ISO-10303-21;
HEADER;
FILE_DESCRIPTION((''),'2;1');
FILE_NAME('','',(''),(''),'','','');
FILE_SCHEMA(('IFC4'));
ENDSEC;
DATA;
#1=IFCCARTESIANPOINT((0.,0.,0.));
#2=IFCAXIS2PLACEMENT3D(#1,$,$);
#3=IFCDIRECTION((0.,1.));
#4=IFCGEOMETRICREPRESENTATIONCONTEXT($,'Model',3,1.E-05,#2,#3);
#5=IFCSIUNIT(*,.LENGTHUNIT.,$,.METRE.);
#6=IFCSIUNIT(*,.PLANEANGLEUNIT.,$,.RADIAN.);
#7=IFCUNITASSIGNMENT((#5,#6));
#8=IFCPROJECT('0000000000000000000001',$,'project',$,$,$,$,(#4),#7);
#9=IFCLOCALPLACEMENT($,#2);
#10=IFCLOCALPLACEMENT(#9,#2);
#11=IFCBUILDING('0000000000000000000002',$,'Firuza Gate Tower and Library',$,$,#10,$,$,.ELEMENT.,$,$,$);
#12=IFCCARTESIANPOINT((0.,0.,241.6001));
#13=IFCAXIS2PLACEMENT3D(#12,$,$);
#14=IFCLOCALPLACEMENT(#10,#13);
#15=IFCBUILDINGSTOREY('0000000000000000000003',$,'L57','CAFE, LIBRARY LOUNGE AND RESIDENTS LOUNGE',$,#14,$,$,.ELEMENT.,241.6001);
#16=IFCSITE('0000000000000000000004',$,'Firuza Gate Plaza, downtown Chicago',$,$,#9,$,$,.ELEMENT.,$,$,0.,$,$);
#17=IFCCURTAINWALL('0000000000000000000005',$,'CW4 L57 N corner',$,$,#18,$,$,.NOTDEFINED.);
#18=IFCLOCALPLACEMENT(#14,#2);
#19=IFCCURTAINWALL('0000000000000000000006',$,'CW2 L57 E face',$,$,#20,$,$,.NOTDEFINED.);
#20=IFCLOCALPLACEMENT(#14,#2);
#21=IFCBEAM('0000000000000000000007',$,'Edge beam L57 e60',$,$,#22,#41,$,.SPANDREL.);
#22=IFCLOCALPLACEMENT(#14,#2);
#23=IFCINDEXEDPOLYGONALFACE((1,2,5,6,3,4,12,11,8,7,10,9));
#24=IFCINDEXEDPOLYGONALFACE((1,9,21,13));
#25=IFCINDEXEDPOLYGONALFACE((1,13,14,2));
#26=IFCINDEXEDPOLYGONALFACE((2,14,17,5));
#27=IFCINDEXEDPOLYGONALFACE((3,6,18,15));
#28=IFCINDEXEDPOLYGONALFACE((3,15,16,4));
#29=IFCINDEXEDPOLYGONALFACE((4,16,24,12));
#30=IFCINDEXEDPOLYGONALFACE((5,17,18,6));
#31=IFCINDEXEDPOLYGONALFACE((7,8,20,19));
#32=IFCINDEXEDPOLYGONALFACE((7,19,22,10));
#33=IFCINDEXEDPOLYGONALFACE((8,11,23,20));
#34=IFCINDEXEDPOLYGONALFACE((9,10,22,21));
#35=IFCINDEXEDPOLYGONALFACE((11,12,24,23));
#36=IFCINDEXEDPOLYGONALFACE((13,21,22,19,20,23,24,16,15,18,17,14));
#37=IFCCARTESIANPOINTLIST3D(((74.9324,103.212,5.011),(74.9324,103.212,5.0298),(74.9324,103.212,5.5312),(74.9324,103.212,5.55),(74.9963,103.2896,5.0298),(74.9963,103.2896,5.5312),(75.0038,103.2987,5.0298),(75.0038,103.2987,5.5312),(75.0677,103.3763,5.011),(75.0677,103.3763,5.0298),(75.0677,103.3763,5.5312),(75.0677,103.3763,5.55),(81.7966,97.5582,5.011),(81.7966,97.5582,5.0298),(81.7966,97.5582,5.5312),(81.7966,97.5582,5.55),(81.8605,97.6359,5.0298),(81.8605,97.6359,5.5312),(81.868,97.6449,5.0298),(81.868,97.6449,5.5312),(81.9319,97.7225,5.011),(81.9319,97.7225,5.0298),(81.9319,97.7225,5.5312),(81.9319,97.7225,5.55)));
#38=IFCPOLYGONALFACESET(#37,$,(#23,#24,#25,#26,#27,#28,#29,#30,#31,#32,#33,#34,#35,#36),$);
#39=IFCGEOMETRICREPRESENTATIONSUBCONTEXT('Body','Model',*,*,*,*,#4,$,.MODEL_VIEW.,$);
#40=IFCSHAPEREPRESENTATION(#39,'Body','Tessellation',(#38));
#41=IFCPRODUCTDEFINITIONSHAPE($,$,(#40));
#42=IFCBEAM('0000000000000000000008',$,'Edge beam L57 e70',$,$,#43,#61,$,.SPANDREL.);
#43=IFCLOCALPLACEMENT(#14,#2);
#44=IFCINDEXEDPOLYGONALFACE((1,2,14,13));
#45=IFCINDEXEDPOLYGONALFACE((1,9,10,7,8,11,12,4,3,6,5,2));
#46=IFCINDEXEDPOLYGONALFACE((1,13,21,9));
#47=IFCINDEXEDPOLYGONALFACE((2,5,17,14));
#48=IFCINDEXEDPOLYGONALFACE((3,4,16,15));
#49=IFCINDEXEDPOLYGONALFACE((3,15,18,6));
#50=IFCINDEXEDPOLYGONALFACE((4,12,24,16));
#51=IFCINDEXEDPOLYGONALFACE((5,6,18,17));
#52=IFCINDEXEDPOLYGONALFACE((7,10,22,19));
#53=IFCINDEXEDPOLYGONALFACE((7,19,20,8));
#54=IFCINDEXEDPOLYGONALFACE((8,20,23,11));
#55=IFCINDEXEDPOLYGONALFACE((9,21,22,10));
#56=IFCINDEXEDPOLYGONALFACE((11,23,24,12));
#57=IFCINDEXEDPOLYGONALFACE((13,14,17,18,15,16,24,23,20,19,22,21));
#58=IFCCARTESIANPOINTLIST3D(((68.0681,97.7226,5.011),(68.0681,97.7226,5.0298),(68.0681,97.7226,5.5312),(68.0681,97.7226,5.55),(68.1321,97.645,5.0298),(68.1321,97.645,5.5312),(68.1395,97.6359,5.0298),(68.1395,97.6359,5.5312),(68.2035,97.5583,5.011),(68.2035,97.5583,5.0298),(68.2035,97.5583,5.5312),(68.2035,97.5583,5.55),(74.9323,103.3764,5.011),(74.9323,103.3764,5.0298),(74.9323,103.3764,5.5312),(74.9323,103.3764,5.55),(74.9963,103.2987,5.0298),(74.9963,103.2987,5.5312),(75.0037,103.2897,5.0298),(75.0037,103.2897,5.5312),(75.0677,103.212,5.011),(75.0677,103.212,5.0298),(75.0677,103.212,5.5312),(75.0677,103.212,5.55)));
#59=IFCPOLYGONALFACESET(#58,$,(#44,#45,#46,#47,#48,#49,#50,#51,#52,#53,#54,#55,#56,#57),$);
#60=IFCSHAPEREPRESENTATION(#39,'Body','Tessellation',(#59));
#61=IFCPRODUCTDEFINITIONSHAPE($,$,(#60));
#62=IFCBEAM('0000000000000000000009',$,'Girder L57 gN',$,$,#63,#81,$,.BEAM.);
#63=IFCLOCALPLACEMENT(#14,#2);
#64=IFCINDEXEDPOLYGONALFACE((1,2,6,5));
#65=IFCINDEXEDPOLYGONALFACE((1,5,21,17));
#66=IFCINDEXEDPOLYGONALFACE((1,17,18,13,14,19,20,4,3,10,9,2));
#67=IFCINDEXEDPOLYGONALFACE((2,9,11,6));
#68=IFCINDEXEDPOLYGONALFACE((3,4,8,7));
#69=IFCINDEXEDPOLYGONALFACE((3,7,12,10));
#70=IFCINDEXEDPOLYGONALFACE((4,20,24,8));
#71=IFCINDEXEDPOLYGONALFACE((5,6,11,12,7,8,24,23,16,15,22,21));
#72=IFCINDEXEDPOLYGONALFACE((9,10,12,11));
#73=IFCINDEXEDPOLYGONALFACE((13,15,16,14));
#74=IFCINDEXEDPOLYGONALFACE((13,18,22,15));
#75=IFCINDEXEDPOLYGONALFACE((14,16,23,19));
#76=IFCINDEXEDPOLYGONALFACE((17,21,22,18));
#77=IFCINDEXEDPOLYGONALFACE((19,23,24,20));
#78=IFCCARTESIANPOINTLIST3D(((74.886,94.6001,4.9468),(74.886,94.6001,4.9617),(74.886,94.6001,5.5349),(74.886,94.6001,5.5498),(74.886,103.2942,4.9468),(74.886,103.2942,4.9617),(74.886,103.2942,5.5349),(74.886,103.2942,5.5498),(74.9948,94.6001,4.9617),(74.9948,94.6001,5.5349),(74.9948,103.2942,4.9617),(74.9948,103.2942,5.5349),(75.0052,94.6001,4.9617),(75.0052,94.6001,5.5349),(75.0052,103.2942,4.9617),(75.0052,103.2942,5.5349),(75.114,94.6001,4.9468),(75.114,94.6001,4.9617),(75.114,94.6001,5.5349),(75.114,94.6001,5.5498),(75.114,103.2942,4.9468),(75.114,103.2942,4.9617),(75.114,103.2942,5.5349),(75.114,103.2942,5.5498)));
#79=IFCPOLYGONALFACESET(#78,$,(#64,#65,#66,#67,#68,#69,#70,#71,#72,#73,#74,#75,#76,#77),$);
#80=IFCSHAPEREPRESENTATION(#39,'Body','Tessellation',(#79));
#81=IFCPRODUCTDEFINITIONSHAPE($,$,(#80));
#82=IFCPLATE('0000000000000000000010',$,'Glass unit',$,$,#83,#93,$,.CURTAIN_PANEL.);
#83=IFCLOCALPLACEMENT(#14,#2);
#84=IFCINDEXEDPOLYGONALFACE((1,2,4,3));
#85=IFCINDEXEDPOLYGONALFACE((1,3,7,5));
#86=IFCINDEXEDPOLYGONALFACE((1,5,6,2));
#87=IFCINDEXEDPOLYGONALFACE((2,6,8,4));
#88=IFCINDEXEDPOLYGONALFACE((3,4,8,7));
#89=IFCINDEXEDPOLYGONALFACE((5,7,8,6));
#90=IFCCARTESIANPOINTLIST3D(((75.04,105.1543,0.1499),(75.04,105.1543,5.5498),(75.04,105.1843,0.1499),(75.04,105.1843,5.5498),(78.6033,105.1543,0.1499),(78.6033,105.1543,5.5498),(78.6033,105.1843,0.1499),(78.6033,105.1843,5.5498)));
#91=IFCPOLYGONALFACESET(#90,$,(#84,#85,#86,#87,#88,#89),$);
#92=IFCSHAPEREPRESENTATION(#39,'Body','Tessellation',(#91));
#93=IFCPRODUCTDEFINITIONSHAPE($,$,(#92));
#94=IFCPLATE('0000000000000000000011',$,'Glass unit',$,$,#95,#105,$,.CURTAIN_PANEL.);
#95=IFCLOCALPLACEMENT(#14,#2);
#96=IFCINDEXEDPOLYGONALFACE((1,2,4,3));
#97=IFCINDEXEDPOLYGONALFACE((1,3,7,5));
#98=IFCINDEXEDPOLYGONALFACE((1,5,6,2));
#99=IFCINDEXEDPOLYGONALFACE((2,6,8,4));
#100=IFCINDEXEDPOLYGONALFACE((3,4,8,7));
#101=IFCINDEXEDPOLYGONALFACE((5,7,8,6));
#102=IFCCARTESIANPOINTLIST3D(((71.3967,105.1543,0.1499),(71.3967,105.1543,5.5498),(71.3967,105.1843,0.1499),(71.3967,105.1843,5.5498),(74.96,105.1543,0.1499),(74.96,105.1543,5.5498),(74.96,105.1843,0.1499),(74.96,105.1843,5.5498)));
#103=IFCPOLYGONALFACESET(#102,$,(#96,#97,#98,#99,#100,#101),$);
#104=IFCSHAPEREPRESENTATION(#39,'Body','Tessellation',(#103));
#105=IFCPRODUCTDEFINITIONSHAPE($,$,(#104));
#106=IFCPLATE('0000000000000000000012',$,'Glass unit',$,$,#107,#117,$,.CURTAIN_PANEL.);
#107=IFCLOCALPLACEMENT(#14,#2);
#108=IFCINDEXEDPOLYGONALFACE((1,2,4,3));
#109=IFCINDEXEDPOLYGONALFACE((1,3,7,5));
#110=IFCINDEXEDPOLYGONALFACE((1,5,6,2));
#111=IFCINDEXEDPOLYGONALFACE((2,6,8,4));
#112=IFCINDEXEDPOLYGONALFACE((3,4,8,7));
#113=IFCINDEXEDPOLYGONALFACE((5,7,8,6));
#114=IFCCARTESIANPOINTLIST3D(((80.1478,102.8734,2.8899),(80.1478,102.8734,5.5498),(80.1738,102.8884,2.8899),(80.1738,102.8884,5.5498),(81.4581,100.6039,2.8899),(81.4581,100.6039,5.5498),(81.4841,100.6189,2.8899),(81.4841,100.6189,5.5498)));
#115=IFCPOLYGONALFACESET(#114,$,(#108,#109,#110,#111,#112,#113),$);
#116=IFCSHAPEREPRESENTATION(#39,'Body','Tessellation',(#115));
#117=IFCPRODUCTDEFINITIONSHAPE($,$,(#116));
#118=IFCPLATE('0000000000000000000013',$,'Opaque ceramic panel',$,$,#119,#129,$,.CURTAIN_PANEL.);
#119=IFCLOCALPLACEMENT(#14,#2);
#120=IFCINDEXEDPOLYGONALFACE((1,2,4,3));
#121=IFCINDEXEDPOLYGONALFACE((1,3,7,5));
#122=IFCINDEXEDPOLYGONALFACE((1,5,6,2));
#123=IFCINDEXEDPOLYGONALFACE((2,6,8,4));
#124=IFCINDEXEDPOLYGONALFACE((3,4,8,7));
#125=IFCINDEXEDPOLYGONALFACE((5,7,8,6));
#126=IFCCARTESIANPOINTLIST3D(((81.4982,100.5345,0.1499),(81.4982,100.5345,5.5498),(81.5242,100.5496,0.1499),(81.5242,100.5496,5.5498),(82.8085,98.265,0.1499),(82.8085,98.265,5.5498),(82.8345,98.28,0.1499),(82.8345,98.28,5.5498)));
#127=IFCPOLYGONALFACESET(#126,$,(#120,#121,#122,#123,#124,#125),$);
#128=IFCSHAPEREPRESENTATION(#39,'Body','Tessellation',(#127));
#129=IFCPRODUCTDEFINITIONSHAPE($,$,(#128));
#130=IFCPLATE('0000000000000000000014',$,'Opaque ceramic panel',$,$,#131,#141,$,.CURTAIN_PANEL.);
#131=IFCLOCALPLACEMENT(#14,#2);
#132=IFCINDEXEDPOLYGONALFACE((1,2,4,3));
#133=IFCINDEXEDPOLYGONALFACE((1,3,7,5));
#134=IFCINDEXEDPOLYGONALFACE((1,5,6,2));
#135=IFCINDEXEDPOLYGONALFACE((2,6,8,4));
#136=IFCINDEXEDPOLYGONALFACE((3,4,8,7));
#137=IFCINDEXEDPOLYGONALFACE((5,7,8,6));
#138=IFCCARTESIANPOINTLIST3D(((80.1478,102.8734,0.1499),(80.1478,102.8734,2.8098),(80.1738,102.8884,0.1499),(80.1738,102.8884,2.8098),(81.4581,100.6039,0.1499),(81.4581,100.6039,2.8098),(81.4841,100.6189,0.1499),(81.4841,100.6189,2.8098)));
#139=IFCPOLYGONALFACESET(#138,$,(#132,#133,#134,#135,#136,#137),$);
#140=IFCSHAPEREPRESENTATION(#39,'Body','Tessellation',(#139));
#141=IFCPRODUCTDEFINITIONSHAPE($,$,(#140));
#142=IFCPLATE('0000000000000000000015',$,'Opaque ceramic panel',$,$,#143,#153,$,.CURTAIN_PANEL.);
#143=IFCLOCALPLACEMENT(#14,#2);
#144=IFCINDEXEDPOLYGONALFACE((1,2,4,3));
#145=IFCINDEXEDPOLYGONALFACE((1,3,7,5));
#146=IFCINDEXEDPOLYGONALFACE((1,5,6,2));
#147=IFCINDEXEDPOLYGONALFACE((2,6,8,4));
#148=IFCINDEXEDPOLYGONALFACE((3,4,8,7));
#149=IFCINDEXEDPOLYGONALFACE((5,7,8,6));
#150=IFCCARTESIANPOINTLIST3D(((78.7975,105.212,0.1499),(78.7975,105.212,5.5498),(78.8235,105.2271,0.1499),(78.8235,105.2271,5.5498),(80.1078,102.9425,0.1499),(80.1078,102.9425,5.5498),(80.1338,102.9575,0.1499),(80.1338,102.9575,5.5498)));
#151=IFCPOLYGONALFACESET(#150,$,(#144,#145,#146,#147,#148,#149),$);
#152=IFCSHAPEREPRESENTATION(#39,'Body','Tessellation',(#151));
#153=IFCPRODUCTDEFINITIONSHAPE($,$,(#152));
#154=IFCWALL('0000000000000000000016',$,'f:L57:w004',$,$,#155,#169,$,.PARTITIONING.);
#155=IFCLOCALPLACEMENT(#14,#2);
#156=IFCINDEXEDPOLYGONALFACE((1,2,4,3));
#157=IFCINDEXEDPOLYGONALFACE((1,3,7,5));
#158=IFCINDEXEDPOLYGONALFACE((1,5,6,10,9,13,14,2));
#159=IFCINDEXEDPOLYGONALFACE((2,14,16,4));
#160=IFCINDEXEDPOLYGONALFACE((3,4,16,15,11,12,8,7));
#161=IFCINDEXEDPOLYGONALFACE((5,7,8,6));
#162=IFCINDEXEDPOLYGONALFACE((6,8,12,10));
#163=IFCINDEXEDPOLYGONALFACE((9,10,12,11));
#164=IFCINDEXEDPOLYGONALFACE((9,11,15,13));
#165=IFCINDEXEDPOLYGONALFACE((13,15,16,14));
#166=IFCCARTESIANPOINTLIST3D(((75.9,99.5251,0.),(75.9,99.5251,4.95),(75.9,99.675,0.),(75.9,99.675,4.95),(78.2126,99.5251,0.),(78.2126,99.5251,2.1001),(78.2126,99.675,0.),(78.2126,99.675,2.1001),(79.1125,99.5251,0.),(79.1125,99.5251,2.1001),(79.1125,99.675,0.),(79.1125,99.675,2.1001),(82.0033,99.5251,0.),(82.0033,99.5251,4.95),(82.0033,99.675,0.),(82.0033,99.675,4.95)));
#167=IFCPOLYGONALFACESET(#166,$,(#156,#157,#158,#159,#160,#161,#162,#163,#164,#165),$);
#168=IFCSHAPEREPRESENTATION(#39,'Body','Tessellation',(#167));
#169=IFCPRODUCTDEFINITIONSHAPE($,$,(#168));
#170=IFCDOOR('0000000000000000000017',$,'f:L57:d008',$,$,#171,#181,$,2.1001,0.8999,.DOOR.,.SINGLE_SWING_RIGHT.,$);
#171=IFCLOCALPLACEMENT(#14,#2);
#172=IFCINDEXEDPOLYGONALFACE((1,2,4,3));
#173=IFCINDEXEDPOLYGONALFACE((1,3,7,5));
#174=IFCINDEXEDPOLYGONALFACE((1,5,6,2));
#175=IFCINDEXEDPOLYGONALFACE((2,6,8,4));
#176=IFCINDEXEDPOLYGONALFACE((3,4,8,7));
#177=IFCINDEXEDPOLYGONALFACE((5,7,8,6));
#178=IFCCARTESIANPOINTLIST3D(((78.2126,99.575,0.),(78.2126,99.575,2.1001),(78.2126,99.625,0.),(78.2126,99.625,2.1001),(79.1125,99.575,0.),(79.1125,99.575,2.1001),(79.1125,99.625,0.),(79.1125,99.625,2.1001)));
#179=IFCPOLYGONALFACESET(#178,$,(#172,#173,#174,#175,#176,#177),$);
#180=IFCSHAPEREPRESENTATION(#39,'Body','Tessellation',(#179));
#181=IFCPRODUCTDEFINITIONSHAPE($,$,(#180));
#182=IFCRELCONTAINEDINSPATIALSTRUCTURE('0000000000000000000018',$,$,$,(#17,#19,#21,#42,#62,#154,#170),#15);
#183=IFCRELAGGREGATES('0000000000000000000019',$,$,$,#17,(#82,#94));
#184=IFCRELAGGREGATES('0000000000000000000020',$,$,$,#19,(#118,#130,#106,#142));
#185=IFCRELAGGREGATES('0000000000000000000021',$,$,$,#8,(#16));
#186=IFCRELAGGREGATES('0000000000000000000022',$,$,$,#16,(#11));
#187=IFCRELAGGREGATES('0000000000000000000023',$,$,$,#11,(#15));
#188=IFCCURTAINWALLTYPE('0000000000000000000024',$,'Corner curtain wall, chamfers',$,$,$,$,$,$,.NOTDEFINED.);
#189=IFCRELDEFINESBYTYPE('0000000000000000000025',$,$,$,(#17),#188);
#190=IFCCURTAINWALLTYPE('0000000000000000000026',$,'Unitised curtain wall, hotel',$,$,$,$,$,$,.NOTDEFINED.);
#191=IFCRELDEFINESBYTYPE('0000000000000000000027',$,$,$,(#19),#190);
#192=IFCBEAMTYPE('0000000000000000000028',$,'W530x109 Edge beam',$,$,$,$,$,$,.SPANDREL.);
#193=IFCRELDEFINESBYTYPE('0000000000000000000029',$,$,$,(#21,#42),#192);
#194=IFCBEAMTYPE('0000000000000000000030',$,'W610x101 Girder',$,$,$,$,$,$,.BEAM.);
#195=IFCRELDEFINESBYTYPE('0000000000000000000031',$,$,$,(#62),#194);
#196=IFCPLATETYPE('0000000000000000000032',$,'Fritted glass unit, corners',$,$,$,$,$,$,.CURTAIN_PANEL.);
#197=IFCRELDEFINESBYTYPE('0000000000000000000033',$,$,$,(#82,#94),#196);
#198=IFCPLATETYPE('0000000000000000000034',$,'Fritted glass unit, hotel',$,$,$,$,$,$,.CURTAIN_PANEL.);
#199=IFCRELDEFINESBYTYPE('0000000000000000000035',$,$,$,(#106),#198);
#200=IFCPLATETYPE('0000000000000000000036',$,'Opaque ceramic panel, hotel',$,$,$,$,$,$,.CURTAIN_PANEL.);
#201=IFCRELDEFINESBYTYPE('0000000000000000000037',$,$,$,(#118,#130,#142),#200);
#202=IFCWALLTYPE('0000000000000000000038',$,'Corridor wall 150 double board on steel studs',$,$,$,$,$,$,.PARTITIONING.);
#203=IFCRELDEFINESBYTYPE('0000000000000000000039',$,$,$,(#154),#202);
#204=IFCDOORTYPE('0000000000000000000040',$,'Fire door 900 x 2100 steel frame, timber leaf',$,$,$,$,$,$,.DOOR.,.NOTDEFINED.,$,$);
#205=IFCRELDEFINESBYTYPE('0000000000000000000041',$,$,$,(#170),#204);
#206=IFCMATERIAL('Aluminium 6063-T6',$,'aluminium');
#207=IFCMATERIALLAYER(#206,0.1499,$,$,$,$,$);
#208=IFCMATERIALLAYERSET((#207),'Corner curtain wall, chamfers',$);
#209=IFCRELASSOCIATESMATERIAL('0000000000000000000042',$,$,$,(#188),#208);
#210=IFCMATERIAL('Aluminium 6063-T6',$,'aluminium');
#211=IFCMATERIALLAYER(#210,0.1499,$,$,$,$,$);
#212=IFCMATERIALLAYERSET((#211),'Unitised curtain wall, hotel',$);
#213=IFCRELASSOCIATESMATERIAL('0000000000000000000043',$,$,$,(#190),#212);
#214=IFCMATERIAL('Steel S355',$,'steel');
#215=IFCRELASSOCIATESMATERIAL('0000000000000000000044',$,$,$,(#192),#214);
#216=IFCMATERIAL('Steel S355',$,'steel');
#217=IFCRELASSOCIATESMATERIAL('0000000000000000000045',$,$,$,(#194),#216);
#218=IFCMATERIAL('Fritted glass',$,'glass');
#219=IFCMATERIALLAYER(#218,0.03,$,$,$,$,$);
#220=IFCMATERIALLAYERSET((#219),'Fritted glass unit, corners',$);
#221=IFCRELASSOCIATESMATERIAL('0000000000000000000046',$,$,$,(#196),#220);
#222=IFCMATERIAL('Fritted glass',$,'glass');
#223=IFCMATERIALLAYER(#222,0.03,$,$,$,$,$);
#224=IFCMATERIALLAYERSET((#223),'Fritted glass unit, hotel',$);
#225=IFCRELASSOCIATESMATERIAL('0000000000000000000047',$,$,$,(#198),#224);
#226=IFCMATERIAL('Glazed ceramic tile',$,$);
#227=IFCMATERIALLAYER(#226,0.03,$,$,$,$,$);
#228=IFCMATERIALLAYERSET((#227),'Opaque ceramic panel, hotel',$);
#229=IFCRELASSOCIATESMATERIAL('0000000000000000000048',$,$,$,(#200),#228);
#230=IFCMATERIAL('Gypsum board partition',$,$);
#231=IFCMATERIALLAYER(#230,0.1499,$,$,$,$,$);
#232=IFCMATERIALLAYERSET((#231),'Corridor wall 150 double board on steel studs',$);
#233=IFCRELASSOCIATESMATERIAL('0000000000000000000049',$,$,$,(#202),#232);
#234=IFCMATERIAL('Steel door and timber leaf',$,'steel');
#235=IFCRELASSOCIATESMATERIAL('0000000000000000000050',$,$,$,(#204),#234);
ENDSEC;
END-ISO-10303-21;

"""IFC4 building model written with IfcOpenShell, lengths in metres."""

from ifc_helpers import new_model, si_unit, direction, frame, frame_2d, origin, origin_2d, place, context, subcontext, project, spatial, polyline, rectangle, i_section, outline, extrude, material, layer, layer_set, material_profile, profile_set, type_object, element, fill, aggregate, save


model = new_model("IFC4")

# Units and contexts
model_context = context("Model", 3, precision=1e-05, world=origin(), true_north=direction((0.0, 1.0)))
body_context = subcontext(model_context, "Body", "Model", "MODEL_VIEW")
ifc_project = project(units=[si_unit("LENGTHUNIT", "METRE"), si_unit("PLANEANGLEUNIT", "RADIAN")], contexts=[model_context])

# Site, building, storey
site_placement = place(None, origin())
site = spatial("IfcSite", under=ifc_project, at=site_placement, Name="Firuza Gate Plaza, downtown Chicago", CompositionType="ELEMENT", RefElevation=0.0)
building_placement = place(site_placement, origin())
building = spatial("IfcBuilding", under=site, at=building_placement, Name="Firuza Gate Tower and Library", CompositionType="ELEMENT")
storey_placement = place(building_placement, frame((0.0, 0.0, 241.6001)))
storey = spatial("IfcBuildingStorey", under=building, at=storey_placement, Name="L57", Description="CAFE, LIBRARY LOUNGE AND RESIDENTS LOUNGE", CompositionType="ELEMENT", Elevation=241.6001)

# Curtain walls
ifc_material_1 = material(Name="Aluminium 6063-T6", Category="aluminium")
ifc_layer_1 = layer(ifc_material_1, 0.1499)
ifc_layer_set_1 = layer_set([ifc_layer_1], Name="Corner curtain wall, chamfers")
curtain_wall_type_1 = type_object("IfcCurtainWallType", Name="Corner curtain wall, chamfers", PredefinedType="NOTDEFINED", material=ifc_layer_set_1)
placement = place(storey_placement, origin())
curtain_wall_1 = element("IfcCurtainWall", 1, at=placement, inside=storey, type_object=curtain_wall_type_1, Name="CW4 L57 N corner", PredefinedType="NOTDEFINED")
ifc_material_2 = material(Name="Aluminium 6063-T6", Category="aluminium")
ifc_layer_2 = layer(ifc_material_2, 0.1499)
ifc_layer_set_2 = layer_set([ifc_layer_2], Name="Unitised curtain wall, hotel")
curtain_wall_type_2 = type_object("IfcCurtainWallType", Name="Unitised curtain wall, hotel", PredefinedType="NOTDEFINED", material=ifc_layer_set_2)
curtain_wall_2 = element("IfcCurtainWall", 2, at=placement, inside=storey, type_object=curtain_wall_type_2, Name="CW2 L57 E face", PredefinedType="NOTDEFINED")

# Beams
ifc_material_3 = material(Name="Steel S355", Category="steel")
ifc_material_profile_1 = material_profile(ifc_material_3, i_section(OverallWidth=0.2129, OverallDepth=0.5391, WebThickness=0.0117, FlangeThickness=0.0188, at=origin_2d()))
ifc_profile_set_1 = profile_set([ifc_material_profile_1], Name="Steel S355")
beam_type_1 = type_object("IfcBeamType", Name="W530x109 Edge beam", PredefinedType="SPANDREL", material=ifc_profile_set_1)
for number, where, z_axis, x_axis, name in (
    (3, (81.8643, 97.6404, 5.2805), (-0.771881, 0.635767, 0.0), (-0.635767, -0.771881, 0.0), "Edge beam L57 e60"),
    (4, (75.0, 103.2942, 5.2805), (-0.771881, -0.635767, 0.0), (0.635767, -0.771881, 0.0), "Edge beam L57 e70"),
):
    element("IfcBeam", number, at=place(storey_placement, frame(where, z_axis=z_axis, x_axis=x_axis)), inside=storey, type_object=beam_type_1, Name=name, PredefinedType="SPANDREL", context=body_context, shape_type="SweptSolid", body=[
        extrude(i_section(OverallWidth=0.2129, OverallDepth=0.5391, WebThickness=0.0117, FlangeThickness=0.0188, at=origin_2d()), origin(), (0.0, 0.0, 1.0), 8.8928),
    ])
ifc_material_4 = material(Name="Steel S355", Category="steel")
ifc_material_profile_2 = material_profile(ifc_material_4, i_section(OverallWidth=0.228, OverallDepth=0.603, WebThickness=0.0105, FlangeThickness=0.0149, at=origin_2d()))
ifc_profile_set_2 = profile_set([ifc_material_profile_2], Name="Steel S355")
beam_type_2 = type_object("IfcBeamType", Name="W610x101 Girder", PredefinedType="BEAM", material=ifc_profile_set_2)
beam_1_placement = place(storey_placement, frame((75.0, 103.2942, 5.2483), z_axis=(0.0, -1.0, 0.0), x_axis=(1.0, 0.0, 0.0)))
element("IfcBeam", 5, at=beam_1_placement, inside=storey, type_object=beam_type_2, Name="Girder L57 gN", PredefinedType="BEAM", context=body_context, shape_type="SweptSolid", body=[
    extrude(i_section(OverallWidth=0.228, OverallDepth=0.603, WebThickness=0.0105, FlangeThickness=0.0149, at=origin_2d()), origin(), (0.0, 0.0, 1.0), 8.6941),
])

# Plates
ifc_material_5 = material(Name="Fritted glass", Category="glass")
ifc_layer_3 = layer(ifc_material_5, 0.03)
ifc_layer_set_3 = layer_set([ifc_layer_3], Name="Fritted glass unit, corners")
plate_type_1 = type_object("IfcPlateType", Name="Fritted glass unit, corners", PredefinedType="CURTAIN_PANEL", material=ifc_layer_set_3)
plate_1_placement = place(storey_placement, frame((78.6033, 105.1843, 0.1499), z_axis=(0.0, 1.0, 0.0), x_axis=(-1.0, 0.0, 0.0)))
plate_1 = element("IfcPlate", 6, at=plate_1_placement, type_object=plate_type_1, Name="Glass unit", PredefinedType="CURTAIN_PANEL", context=body_context, shape_type="SweptSolid", body=[
    extrude(outline(polyline([(0.0, 0.0), (3.5632, 0.0), (3.5632, 5.3999), (0.0, 5.3999), (0.0, 0.0)])), origin(), (0.0, 0.0, -1.0), 0.03),
])
plate_2_placement = place(storey_placement, frame((74.96, 105.1843, 0.1499), z_axis=(0.0, 1.0, 0.0), x_axis=(-1.0, 0.0, 0.0)))
plate_2 = element("IfcPlate", 7, at=plate_2_placement, type_object=plate_type_1, Name="Glass unit", PredefinedType="CURTAIN_PANEL", context=body_context, shape_type="SweptSolid", body=[
    extrude(outline(polyline([(0.0, 0.0), (3.5632, 0.0), (3.5632, 5.3999), (0.0, 5.3999), (0.0, 0.0)])), origin(), (0.0, 0.0, -1.0), 0.03),
])
aggregate(curtain_wall_1, [plate_1, plate_2])
ifc_material_6 = material(Name="Fritted glass", Category="glass")
ifc_layer_4 = layer(ifc_material_6, 0.03)
ifc_layer_set_4 = layer_set([ifc_layer_4], Name="Fritted glass unit, hotel")
plate_type_2 = type_object("IfcPlateType", Name="Fritted glass unit, hotel", PredefinedType="CURTAIN_PANEL", material=ifc_layer_set_4)
plate_3_placement = place(storey_placement, frame((81.4841, 100.6189, 2.8899), z_axis=(0.866027, 0.499997, 0.0), x_axis=(-0.499997, 0.866027, 0.0)))
plate_3 = element("IfcPlate", 8, at=plate_3_placement, type_object=plate_type_2, Name="Glass unit", PredefinedType="CURTAIN_PANEL", context=body_context, shape_type="SweptSolid", body=[
    extrude(outline(polyline([(0.0, 0.0), (2.6206, 0.0), (2.6206, 2.6599), (0.0, 2.6599), (0.0, 0.0)])), origin(), (0.0, 0.0, -1.0), 0.03),
])
ifc_material_7 = material(Name="Glazed ceramic tile")
ifc_layer_5 = layer(ifc_material_7, 0.03)
ifc_layer_set_5 = layer_set([ifc_layer_5], Name="Opaque ceramic panel, hotel")
plate_type_3 = type_object("IfcPlateType", Name="Opaque ceramic panel, hotel", PredefinedType="CURTAIN_PANEL", material=ifc_layer_set_5)
plate_4_placement = place(storey_placement, frame((82.8345, 98.28, 0.1499), z_axis=(0.866027, 0.499997, 0.0), x_axis=(-0.499997, 0.866027, 0.0)))
plate_4 = element("IfcPlate", 9, at=plate_4_placement, type_object=plate_type_3, Name="Opaque ceramic panel", PredefinedType="CURTAIN_PANEL", context=body_context, shape_type="SweptSolid", body=[
    extrude(outline(polyline([(0.0, 0.0), (2.6206, 0.0), (2.6206, 5.3999), (0.0, 5.3999), (0.0, 0.0)])), origin(), (0.0, 0.0, -1.0), 0.03),
])
plate_5_placement = place(storey_placement, frame((81.4841, 100.6189, 0.1499), z_axis=(0.866027, 0.499997, 0.0), x_axis=(-0.499997, 0.866027, 0.0)))
plate_5 = element("IfcPlate", 10, at=plate_5_placement, type_object=plate_type_3, Name="Opaque ceramic panel", PredefinedType="CURTAIN_PANEL", context=body_context, shape_type="SweptSolid", body=[
    extrude(outline(polyline([(0.0, 0.0), (2.6206, 0.0), (2.6206, 2.6599), (0.0, 2.6599), (0.0, 0.0)])), origin(), (0.0, 0.0, -1.0), 0.03),
])
plate_6_placement = place(storey_placement, frame((80.1338, 102.9575, 0.1499), z_axis=(0.866027, 0.499997, 0.0), x_axis=(-0.499997, 0.866027, 0.0)))
plate_6 = element("IfcPlate", 11, at=plate_6_placement, type_object=plate_type_3, Name="Opaque ceramic panel", PredefinedType="CURTAIN_PANEL", context=body_context, shape_type="SweptSolid", body=[
    extrude(outline(polyline([(0.0, 0.0), (2.6206, 0.0), (2.6206, 5.3999), (0.0, 5.3999), (0.0, 0.0)])), origin(), (0.0, 0.0, -1.0), 0.03),
])
aggregate(curtain_wall_2, [plate_4, plate_5, plate_3, plate_6])

# Wall, opening, door
ifc_material_8 = material(Name="Gypsum board partition")
ifc_layer_6 = layer(ifc_material_8, 0.1499)
ifc_layer_set_6 = layer_set([ifc_layer_6], Name="Corridor wall 150 double board on steel studs")
wall_type_1 = type_object("IfcWallType", Name="Corridor wall 150 double board on steel studs", PredefinedType="PARTITIONING", material=ifc_layer_set_6)
wall_1_placement = place(storey_placement, frame((75.8999, 99.6001, 0.0), z_axis=(0.0, 0.0, 1.0), x_axis=(1.0, 0.0, 0.0)))
wall_1 = element("IfcWall", 12, at=wall_1_placement, inside=storey, type_object=wall_type_1, Name="f:L57:w004", PredefinedType="PARTITIONING", context=body_context, shape_type="SweptSolid", body=[
    extrude(rectangle(XDim=6.1033, YDim=0.1499, at=frame_2d((3.0518, 0.0))), origin(), (0.0, 0.0, 1.0), 4.95),
])
opening_placement = place(wall_1_placement, frame((2.3127, 0.0, 0.0)))
opening = element("IfcOpeningElement", 13, at=opening_placement, cuts=wall_1, PredefinedType="OPENING", context=body_context, shape_type="SweptSolid", body=[
    extrude(rectangle(XDim=0.8999, YDim=2.1001, at=frame_2d((0.45, 1.05))), frame((0.0, 0.085, 0.0), z_axis=(0.0, -1.0, 0.0), x_axis=(1.0, 0.0, 0.0)), (0.0, 0.0, 1.0), 0.1699),
])
ifc_material_9 = material(Name="Steel door and timber leaf", Category="steel")
door_type = type_object("IfcDoorType", Name="Fire door 900 x 2100 steel frame, timber leaf", OperationType="NOTDEFINED", PredefinedType="DOOR", material=ifc_material_9)
door_placement = place(opening_placement, origin())
door = element("IfcDoor", 14, at=door_placement, inside=storey, type_object=door_type, Name="f:L57:d008", OperationType="SINGLE_SWING_RIGHT", OverallHeight=2.1001, OverallWidth=0.8999, PredefinedType="DOOR", context=body_context, shape_type="SweptSolid", body=[
    extrude(rectangle(XDim=0.8999, YDim=2.1001, at=frame_2d((0.45, 1.05))), frame((0.0, 0.0249, 0.0), z_axis=(0.0, -1.0, 0.0), x_axis=(1.0, 0.0, 0.0)), (0.0, 0.0, 1.0), 0.05),
])
fill(opening, door)

save(model, "model.ifc")
